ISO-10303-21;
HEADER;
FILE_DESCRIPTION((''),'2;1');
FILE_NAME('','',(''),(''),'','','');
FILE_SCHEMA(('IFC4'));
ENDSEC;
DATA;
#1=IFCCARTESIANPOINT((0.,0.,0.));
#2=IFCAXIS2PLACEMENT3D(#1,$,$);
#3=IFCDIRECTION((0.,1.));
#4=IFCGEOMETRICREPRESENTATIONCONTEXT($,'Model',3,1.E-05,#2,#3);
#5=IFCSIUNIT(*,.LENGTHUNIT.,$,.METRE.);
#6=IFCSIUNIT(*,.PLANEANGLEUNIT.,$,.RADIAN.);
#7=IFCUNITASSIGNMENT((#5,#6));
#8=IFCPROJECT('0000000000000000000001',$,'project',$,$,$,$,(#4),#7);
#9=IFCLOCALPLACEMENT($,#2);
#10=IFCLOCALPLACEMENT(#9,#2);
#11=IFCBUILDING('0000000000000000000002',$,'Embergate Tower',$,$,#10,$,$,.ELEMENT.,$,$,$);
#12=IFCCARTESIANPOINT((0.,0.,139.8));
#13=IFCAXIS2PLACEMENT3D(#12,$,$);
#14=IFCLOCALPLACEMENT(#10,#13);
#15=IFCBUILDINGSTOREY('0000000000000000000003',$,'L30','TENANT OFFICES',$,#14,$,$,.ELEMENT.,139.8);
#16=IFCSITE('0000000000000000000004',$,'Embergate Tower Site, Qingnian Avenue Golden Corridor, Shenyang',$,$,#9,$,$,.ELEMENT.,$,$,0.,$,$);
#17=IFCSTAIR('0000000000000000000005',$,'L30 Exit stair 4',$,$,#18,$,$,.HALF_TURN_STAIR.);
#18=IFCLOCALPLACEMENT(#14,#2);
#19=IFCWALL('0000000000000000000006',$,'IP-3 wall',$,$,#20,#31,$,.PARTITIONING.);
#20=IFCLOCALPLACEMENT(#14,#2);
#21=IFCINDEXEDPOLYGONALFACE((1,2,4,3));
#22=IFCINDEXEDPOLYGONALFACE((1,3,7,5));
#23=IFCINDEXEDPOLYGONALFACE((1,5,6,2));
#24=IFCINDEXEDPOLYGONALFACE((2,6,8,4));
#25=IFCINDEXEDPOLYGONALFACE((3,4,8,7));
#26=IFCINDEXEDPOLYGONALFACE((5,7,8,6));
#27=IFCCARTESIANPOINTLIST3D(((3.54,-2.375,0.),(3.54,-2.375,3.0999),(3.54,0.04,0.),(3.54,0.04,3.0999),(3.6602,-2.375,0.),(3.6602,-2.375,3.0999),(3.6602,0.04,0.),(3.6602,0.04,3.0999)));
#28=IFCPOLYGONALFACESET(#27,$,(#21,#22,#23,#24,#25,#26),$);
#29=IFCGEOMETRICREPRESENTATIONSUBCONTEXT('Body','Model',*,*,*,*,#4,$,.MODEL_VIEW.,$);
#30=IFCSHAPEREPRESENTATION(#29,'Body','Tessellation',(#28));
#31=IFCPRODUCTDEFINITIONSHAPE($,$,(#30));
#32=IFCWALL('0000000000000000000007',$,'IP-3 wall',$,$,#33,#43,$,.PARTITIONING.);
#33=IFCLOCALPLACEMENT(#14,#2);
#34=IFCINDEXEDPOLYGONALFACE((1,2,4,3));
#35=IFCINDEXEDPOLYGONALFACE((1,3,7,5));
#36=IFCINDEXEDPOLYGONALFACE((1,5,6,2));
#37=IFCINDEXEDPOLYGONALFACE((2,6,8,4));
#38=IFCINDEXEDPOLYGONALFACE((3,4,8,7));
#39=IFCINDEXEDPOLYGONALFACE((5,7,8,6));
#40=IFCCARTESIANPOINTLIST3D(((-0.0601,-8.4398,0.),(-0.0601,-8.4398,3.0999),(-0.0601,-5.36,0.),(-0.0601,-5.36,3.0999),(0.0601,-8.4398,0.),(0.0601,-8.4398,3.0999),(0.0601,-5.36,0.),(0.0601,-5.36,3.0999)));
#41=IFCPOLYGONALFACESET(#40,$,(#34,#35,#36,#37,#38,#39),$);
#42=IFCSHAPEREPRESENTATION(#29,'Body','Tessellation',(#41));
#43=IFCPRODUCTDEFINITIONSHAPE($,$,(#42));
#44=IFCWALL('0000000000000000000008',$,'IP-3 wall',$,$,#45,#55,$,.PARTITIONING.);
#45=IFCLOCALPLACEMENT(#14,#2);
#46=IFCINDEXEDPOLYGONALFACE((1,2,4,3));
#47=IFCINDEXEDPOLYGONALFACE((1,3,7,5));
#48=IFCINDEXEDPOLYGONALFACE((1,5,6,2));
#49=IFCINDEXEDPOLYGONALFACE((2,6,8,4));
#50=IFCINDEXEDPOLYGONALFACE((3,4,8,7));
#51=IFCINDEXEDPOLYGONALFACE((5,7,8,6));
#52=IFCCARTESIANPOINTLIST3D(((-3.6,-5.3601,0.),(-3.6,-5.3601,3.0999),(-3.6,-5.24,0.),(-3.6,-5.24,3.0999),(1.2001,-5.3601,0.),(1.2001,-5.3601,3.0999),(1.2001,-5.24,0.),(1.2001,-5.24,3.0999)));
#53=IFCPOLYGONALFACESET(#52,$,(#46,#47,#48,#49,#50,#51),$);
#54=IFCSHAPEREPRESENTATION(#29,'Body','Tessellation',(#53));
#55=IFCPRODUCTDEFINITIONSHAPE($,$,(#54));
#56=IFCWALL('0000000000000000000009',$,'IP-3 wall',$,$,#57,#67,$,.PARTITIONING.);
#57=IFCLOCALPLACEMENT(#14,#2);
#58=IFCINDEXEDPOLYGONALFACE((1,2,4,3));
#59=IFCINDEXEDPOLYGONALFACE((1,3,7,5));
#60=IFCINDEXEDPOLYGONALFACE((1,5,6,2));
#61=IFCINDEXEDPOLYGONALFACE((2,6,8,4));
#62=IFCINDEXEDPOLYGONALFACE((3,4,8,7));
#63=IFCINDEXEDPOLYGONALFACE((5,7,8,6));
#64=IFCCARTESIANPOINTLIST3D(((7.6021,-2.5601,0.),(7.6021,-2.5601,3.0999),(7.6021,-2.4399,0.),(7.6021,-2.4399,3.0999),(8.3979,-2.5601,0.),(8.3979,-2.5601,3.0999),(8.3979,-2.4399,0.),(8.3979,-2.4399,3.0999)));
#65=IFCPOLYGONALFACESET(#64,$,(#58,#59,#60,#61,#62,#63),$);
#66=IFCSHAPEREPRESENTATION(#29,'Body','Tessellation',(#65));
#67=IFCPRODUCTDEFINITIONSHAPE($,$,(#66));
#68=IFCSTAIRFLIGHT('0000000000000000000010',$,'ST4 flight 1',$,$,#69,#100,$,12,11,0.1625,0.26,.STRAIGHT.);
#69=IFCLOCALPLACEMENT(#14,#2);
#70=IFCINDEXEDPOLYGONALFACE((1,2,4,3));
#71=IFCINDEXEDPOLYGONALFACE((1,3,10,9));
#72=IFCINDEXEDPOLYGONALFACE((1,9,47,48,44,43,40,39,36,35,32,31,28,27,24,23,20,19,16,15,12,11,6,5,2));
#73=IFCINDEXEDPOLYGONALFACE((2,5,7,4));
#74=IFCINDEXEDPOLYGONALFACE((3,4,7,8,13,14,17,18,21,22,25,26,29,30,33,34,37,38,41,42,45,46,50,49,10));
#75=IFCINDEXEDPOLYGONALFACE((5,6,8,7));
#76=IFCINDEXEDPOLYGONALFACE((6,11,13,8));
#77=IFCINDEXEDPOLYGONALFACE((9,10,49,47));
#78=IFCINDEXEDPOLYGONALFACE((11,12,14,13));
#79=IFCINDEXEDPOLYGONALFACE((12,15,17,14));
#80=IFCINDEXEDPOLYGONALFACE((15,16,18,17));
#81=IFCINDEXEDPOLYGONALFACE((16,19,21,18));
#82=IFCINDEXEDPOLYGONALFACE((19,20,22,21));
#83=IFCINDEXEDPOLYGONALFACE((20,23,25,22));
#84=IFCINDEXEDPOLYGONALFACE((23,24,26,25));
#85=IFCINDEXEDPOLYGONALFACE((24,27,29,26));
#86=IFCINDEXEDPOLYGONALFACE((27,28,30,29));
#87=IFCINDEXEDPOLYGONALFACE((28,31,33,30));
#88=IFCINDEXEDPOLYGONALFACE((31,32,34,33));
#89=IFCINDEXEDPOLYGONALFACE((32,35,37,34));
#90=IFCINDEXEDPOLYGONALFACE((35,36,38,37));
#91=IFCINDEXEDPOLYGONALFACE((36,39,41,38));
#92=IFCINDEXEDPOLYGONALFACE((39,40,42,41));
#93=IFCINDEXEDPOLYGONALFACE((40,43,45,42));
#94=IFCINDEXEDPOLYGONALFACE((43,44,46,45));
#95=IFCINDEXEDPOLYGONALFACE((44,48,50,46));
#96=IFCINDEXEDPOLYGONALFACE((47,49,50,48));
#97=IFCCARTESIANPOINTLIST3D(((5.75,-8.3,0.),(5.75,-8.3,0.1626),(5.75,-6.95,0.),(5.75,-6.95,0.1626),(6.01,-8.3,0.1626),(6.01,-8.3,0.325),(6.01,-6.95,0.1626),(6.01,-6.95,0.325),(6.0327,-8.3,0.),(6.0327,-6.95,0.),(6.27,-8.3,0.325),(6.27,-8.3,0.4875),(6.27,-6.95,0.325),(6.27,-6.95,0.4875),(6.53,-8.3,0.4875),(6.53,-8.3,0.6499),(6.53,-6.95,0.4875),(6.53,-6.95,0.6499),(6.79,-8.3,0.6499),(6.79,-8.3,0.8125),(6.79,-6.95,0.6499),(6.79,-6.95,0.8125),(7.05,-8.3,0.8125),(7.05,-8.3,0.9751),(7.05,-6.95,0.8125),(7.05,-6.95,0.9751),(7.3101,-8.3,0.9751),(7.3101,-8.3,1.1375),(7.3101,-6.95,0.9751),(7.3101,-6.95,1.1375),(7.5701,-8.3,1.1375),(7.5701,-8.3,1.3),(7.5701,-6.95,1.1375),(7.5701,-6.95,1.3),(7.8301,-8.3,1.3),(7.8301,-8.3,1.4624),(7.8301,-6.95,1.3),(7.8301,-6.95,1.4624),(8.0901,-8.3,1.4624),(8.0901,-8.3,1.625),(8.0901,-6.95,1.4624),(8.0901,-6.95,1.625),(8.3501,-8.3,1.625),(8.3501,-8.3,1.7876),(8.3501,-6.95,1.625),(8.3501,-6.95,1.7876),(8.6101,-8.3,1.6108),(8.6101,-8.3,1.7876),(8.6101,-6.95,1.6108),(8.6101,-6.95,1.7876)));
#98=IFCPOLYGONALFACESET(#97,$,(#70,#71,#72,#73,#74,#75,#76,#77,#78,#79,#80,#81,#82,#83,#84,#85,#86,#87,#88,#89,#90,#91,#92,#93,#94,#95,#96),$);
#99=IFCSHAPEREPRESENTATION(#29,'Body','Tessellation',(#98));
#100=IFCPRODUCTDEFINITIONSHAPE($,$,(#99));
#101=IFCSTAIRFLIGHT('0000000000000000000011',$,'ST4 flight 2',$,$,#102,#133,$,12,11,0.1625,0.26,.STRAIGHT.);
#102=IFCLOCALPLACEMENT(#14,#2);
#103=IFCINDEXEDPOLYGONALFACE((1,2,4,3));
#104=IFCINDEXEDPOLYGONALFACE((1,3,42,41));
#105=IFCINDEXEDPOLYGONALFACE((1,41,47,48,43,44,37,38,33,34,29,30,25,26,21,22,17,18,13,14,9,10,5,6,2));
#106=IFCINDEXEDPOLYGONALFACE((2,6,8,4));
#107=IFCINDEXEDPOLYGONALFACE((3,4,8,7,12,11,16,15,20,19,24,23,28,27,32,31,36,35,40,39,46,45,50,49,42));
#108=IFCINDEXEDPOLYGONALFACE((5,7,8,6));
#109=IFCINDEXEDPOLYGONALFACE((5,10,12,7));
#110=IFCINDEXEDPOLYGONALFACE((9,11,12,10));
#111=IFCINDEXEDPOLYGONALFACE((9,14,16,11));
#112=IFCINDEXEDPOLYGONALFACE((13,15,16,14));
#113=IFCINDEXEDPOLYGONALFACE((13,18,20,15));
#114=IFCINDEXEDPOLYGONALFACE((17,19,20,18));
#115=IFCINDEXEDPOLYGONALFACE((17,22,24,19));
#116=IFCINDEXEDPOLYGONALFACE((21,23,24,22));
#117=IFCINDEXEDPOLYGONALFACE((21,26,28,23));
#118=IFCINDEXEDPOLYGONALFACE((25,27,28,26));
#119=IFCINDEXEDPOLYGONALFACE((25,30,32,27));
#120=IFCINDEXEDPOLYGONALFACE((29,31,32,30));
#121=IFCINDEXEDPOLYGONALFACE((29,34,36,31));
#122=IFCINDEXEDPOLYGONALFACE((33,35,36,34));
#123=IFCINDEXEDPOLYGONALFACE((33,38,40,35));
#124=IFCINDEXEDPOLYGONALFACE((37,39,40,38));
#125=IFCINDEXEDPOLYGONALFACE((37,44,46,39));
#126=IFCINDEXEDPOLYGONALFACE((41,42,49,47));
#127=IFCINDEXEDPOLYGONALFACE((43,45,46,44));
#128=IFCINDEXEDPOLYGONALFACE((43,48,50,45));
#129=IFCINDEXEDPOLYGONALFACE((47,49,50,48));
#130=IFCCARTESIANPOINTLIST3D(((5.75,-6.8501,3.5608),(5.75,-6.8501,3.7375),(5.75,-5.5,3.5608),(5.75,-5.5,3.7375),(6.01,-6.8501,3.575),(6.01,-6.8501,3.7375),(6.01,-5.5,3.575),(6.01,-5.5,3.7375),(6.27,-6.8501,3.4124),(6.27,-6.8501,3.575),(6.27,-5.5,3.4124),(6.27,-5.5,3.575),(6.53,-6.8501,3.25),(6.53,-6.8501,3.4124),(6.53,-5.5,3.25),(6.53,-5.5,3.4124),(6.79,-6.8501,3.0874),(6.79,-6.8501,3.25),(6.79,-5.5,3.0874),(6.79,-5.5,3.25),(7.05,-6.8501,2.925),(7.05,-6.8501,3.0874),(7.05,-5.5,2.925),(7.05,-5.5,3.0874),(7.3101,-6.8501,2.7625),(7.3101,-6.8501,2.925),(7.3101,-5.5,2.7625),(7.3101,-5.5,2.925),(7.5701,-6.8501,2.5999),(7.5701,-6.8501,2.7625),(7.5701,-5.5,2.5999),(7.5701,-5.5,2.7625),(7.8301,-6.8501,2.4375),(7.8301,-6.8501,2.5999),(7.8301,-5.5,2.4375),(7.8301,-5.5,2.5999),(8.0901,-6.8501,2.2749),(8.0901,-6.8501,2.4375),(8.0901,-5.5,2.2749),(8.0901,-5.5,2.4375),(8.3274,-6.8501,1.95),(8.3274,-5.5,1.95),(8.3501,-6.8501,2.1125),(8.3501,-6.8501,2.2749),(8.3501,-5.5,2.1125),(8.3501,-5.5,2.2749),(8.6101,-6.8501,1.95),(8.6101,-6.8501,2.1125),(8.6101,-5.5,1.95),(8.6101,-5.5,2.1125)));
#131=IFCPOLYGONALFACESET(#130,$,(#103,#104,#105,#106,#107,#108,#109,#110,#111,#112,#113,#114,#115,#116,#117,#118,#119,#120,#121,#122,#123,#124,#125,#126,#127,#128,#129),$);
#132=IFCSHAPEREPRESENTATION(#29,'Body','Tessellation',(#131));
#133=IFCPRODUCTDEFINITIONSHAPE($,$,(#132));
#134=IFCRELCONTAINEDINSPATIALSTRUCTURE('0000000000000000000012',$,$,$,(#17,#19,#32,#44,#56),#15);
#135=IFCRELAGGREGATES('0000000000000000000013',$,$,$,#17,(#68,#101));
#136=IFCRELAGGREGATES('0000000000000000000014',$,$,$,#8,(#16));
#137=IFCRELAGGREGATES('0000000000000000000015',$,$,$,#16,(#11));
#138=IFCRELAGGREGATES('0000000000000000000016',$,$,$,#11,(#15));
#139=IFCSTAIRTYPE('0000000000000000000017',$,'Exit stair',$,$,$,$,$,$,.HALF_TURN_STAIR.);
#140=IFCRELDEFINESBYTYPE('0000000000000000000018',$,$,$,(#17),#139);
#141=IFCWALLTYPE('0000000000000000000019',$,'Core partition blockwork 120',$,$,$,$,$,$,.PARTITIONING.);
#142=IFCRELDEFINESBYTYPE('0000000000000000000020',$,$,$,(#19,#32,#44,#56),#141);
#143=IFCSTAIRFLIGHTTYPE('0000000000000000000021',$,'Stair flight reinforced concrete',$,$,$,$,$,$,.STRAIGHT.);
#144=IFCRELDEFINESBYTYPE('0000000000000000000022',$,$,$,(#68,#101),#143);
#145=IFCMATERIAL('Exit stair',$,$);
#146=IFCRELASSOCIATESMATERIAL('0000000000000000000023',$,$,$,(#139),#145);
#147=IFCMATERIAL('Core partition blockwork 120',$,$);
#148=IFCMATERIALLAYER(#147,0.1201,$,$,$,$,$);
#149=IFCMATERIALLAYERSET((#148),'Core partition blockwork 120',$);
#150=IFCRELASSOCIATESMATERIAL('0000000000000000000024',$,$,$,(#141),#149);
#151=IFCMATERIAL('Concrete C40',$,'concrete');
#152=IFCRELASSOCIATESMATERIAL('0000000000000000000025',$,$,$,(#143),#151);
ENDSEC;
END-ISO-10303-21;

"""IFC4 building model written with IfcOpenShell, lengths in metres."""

from ifc_helpers import new_model, si_unit, direction, frame, frame_2d, origin, place, context, subcontext, project, spatial, polyline, rectangle, outline, extrude, source, transform, mapped, material, layer, layer_set, type_object, element, aggregate, save


model = new_model("IFC4")

# Units and contexts
model_context = context("Model", 3, precision=1e-05, world=origin(), true_north=direction((0.0, 1.0)))
body_context = subcontext(model_context, "Body", "Model", "MODEL_VIEW")
ifc_project = project(units=[si_unit("LENGTHUNIT", "METRE"), si_unit("PLANEANGLEUNIT", "RADIAN")], contexts=[model_context])

# Site, building, storey
site_placement = place(None, origin())
site = spatial("IfcSite", under=ifc_project, at=site_placement, Name="Embergate Tower Site, Qingnian Avenue Golden Corridor, Shenyang", CompositionType="ELEMENT", RefElevation=0.0)
building_placement = place(site_placement, origin())
building = spatial("IfcBuilding", under=site, at=building_placement, Name="Embergate Tower", CompositionType="ELEMENT")
storey_placement = place(building_placement, frame((0.0, 0.0, 139.8)))
storey = spatial("IfcBuildingStorey", under=building, at=storey_placement, Name="L30", Description="TENANT OFFICES", CompositionType="ELEMENT", Elevation=139.8)

# Stair
ifc_material_1 = material(Name="Exit stair")
stair_type = type_object("IfcStairType", Name="Exit stair", PredefinedType="HALF_TURN_STAIR", material=ifc_material_1)
stair_placement = place(storey_placement, origin())
stair = element("IfcStair", 1, at=stair_placement, inside=storey, type_object=stair_type, Name="L30 Exit stair 4", PredefinedType="HALF_TURN_STAIR")
ifc_material_2 = material(Name="Concrete C40", Category="concrete")

# Walls
ifc_material_3 = material(Name="Core partition blockwork 120")
ifc_layer_1 = layer(ifc_material_3, 0.1201)
ifc_layer_set_1 = layer_set([ifc_layer_1], Name="Core partition blockwork 120")
wall_type_1 = type_object("IfcWallType", Name="Core partition blockwork 120", PredefinedType="PARTITIONING", material=ifc_layer_set_1)
shared_shape_1 = source(origin(), body_context, "Body", "SweptSolid", [
    extrude(rectangle(XDim=2.415, YDim=0.1201, at=frame_2d((1.2075, 0.0))), origin(), (0.0, 0.0, 1.0), 3.0999),
])
wall_1_placement = place(storey_placement, frame((3.6001, -2.375, 0.0), z_axis=(0.0, 0.0, 1.0), x_axis=(0.0, 1.0, 0.0)))
element("IfcWall", 2, at=wall_1_placement, inside=storey, type_object=wall_type_1, Name="IP-3 wall", PredefinedType="PARTITIONING", context=body_context, shape_type="MappedRepresentation", body=[
    mapped(shared_shape_1, transform((0.0, 0.0, 0.0))),
])
shared_shape_2 = source(origin(), body_context, "Body", "SweptSolid", [
    extrude(rectangle(XDim=3.0798, YDim=0.1201, at=frame_2d((1.54, 0.0))), origin(), (0.0, 0.0, 1.0), 3.0999),
])
wall_2_placement = place(storey_placement, frame((0.0, -8.4399, 0.0), z_axis=(0.0, 0.0, 1.0), x_axis=(0.0, 1.0, 0.0)))
element("IfcWall", 3, at=wall_2_placement, inside=storey, type_object=wall_type_1, Name="IP-3 wall", PredefinedType="PARTITIONING", context=body_context, shape_type="MappedRepresentation", body=[
    mapped(shared_shape_2, transform((0.0, 0.0, 0.0))),
])
shared_shape_3 = source(origin(), body_context, "Body", "SweptSolid", [
    extrude(rectangle(XDim=4.8, YDim=0.1201, at=frame_2d((2.3999, 0.0))), origin(), (0.0, 0.0, 1.0), 3.0999),
])
wall_3_placement = place(storey_placement, frame((1.2, -5.3, 0.0), z_axis=(0.0, 0.0, 1.0), x_axis=(-1.0, 0.0, 0.0)))
element("IfcWall", 4, at=wall_3_placement, inside=storey, type_object=wall_type_1, Name="IP-3 wall", PredefinedType="PARTITIONING", context=body_context, shape_type="MappedRepresentation", body=[
    mapped(shared_shape_3, transform((0.0, 0.0, 0.0))),
])
shared_shape_4 = source(origin(), body_context, "Body", "SweptSolid", [
    extrude(rectangle(XDim=0.7959, YDim=0.1201, at=frame_2d((0.3979, 0.0))), origin(), (0.0, 0.0, 1.0), 3.0999),
])
wall_4_placement = place(storey_placement, frame((7.6021, -2.5, 0.0), z_axis=(0.0, 0.0, 1.0), x_axis=(1.0, 0.0, 0.0)))
element("IfcWall", 5, at=wall_4_placement, inside=storey, type_object=wall_type_1, Name="IP-3 wall", PredefinedType="PARTITIONING", context=body_context, shape_type="MappedRepresentation", body=[
    mapped(shared_shape_4, transform((0.0, 0.0, 0.0))),
])

# Stair flights
stair_flight_type = type_object("IfcStairFlightType", Name="Stair flight reinforced concrete", PredefinedType="STRAIGHT", material=ifc_material_2)
shared_shape_5 = source(origin(), body_context, "Body", "SweptSolid", [
    extrude(outline(polyline([(0.0, 0.0), (0.0, 0.1626), (0.26, 0.1626), (0.26, 0.325), (0.52, 0.325), (0.52, 0.4875), (0.78, 0.4875), (0.78, 0.6499), (1.04, 0.6499), (1.04, 0.8125), (1.3, 0.8125), (1.3, 0.9751), (1.5601, 0.9751), (1.5601, 1.1375), (1.8201, 1.1375), (1.8201, 1.3), (2.0801, 1.3), (2.0801, 1.4624), (2.3401, 1.4624), (2.3401, 1.625), (2.6001, 1.625), (2.6001, 1.7876), (2.8601, 1.7876), (2.8601, 1.95), (2.8601, 1.6108), (0.2827, 0.0), (0.0, 0.0)])), frame((0.0, 0.675, 0.0), z_axis=(0.0, -1.0, 0.0), x_axis=(1.0, 0.0, 0.0)), (0.0, 0.0, 1.0), 1.3501),
])
stair_flight_1_placement = place(storey_placement, frame((5.75, -7.625, 0.0), z_axis=(0.0, 0.0, 1.0), x_axis=(1.0, 0.0, 0.0)))
stair_flight_1 = element("IfcStairFlight", 6, at=stair_flight_1_placement, type_object=stair_flight_type, Name="ST4 flight 1", NumberOfRisers=12, NumberOfTreads=11, PredefinedType="STRAIGHT", RiserHeight=0.1625, TreadLength=0.26, context=body_context, shape_type="MappedRepresentation", body=[
    mapped(shared_shape_5, transform((0.0, 0.0, 0.0))),
])
stair_flight_2_placement = place(storey_placement, frame((8.6101, -6.175, 1.95), z_axis=(0.0, 0.0, 1.0), x_axis=(-1.0, 0.0, 0.0)))
stair_flight_2 = element("IfcStairFlight", 7, at=stair_flight_2_placement, type_object=stair_flight_type, Name="ST4 flight 2", NumberOfRisers=12, NumberOfTreads=11, PredefinedType="STRAIGHT", RiserHeight=0.1625, TreadLength=0.26, context=body_context, shape_type="MappedRepresentation", body=[
    mapped(shared_shape_5, transform((0.0, 0.0, 0.0))),
])
aggregate(stair, [stair_flight_1, stair_flight_2])

save(model, "model.ifc")
